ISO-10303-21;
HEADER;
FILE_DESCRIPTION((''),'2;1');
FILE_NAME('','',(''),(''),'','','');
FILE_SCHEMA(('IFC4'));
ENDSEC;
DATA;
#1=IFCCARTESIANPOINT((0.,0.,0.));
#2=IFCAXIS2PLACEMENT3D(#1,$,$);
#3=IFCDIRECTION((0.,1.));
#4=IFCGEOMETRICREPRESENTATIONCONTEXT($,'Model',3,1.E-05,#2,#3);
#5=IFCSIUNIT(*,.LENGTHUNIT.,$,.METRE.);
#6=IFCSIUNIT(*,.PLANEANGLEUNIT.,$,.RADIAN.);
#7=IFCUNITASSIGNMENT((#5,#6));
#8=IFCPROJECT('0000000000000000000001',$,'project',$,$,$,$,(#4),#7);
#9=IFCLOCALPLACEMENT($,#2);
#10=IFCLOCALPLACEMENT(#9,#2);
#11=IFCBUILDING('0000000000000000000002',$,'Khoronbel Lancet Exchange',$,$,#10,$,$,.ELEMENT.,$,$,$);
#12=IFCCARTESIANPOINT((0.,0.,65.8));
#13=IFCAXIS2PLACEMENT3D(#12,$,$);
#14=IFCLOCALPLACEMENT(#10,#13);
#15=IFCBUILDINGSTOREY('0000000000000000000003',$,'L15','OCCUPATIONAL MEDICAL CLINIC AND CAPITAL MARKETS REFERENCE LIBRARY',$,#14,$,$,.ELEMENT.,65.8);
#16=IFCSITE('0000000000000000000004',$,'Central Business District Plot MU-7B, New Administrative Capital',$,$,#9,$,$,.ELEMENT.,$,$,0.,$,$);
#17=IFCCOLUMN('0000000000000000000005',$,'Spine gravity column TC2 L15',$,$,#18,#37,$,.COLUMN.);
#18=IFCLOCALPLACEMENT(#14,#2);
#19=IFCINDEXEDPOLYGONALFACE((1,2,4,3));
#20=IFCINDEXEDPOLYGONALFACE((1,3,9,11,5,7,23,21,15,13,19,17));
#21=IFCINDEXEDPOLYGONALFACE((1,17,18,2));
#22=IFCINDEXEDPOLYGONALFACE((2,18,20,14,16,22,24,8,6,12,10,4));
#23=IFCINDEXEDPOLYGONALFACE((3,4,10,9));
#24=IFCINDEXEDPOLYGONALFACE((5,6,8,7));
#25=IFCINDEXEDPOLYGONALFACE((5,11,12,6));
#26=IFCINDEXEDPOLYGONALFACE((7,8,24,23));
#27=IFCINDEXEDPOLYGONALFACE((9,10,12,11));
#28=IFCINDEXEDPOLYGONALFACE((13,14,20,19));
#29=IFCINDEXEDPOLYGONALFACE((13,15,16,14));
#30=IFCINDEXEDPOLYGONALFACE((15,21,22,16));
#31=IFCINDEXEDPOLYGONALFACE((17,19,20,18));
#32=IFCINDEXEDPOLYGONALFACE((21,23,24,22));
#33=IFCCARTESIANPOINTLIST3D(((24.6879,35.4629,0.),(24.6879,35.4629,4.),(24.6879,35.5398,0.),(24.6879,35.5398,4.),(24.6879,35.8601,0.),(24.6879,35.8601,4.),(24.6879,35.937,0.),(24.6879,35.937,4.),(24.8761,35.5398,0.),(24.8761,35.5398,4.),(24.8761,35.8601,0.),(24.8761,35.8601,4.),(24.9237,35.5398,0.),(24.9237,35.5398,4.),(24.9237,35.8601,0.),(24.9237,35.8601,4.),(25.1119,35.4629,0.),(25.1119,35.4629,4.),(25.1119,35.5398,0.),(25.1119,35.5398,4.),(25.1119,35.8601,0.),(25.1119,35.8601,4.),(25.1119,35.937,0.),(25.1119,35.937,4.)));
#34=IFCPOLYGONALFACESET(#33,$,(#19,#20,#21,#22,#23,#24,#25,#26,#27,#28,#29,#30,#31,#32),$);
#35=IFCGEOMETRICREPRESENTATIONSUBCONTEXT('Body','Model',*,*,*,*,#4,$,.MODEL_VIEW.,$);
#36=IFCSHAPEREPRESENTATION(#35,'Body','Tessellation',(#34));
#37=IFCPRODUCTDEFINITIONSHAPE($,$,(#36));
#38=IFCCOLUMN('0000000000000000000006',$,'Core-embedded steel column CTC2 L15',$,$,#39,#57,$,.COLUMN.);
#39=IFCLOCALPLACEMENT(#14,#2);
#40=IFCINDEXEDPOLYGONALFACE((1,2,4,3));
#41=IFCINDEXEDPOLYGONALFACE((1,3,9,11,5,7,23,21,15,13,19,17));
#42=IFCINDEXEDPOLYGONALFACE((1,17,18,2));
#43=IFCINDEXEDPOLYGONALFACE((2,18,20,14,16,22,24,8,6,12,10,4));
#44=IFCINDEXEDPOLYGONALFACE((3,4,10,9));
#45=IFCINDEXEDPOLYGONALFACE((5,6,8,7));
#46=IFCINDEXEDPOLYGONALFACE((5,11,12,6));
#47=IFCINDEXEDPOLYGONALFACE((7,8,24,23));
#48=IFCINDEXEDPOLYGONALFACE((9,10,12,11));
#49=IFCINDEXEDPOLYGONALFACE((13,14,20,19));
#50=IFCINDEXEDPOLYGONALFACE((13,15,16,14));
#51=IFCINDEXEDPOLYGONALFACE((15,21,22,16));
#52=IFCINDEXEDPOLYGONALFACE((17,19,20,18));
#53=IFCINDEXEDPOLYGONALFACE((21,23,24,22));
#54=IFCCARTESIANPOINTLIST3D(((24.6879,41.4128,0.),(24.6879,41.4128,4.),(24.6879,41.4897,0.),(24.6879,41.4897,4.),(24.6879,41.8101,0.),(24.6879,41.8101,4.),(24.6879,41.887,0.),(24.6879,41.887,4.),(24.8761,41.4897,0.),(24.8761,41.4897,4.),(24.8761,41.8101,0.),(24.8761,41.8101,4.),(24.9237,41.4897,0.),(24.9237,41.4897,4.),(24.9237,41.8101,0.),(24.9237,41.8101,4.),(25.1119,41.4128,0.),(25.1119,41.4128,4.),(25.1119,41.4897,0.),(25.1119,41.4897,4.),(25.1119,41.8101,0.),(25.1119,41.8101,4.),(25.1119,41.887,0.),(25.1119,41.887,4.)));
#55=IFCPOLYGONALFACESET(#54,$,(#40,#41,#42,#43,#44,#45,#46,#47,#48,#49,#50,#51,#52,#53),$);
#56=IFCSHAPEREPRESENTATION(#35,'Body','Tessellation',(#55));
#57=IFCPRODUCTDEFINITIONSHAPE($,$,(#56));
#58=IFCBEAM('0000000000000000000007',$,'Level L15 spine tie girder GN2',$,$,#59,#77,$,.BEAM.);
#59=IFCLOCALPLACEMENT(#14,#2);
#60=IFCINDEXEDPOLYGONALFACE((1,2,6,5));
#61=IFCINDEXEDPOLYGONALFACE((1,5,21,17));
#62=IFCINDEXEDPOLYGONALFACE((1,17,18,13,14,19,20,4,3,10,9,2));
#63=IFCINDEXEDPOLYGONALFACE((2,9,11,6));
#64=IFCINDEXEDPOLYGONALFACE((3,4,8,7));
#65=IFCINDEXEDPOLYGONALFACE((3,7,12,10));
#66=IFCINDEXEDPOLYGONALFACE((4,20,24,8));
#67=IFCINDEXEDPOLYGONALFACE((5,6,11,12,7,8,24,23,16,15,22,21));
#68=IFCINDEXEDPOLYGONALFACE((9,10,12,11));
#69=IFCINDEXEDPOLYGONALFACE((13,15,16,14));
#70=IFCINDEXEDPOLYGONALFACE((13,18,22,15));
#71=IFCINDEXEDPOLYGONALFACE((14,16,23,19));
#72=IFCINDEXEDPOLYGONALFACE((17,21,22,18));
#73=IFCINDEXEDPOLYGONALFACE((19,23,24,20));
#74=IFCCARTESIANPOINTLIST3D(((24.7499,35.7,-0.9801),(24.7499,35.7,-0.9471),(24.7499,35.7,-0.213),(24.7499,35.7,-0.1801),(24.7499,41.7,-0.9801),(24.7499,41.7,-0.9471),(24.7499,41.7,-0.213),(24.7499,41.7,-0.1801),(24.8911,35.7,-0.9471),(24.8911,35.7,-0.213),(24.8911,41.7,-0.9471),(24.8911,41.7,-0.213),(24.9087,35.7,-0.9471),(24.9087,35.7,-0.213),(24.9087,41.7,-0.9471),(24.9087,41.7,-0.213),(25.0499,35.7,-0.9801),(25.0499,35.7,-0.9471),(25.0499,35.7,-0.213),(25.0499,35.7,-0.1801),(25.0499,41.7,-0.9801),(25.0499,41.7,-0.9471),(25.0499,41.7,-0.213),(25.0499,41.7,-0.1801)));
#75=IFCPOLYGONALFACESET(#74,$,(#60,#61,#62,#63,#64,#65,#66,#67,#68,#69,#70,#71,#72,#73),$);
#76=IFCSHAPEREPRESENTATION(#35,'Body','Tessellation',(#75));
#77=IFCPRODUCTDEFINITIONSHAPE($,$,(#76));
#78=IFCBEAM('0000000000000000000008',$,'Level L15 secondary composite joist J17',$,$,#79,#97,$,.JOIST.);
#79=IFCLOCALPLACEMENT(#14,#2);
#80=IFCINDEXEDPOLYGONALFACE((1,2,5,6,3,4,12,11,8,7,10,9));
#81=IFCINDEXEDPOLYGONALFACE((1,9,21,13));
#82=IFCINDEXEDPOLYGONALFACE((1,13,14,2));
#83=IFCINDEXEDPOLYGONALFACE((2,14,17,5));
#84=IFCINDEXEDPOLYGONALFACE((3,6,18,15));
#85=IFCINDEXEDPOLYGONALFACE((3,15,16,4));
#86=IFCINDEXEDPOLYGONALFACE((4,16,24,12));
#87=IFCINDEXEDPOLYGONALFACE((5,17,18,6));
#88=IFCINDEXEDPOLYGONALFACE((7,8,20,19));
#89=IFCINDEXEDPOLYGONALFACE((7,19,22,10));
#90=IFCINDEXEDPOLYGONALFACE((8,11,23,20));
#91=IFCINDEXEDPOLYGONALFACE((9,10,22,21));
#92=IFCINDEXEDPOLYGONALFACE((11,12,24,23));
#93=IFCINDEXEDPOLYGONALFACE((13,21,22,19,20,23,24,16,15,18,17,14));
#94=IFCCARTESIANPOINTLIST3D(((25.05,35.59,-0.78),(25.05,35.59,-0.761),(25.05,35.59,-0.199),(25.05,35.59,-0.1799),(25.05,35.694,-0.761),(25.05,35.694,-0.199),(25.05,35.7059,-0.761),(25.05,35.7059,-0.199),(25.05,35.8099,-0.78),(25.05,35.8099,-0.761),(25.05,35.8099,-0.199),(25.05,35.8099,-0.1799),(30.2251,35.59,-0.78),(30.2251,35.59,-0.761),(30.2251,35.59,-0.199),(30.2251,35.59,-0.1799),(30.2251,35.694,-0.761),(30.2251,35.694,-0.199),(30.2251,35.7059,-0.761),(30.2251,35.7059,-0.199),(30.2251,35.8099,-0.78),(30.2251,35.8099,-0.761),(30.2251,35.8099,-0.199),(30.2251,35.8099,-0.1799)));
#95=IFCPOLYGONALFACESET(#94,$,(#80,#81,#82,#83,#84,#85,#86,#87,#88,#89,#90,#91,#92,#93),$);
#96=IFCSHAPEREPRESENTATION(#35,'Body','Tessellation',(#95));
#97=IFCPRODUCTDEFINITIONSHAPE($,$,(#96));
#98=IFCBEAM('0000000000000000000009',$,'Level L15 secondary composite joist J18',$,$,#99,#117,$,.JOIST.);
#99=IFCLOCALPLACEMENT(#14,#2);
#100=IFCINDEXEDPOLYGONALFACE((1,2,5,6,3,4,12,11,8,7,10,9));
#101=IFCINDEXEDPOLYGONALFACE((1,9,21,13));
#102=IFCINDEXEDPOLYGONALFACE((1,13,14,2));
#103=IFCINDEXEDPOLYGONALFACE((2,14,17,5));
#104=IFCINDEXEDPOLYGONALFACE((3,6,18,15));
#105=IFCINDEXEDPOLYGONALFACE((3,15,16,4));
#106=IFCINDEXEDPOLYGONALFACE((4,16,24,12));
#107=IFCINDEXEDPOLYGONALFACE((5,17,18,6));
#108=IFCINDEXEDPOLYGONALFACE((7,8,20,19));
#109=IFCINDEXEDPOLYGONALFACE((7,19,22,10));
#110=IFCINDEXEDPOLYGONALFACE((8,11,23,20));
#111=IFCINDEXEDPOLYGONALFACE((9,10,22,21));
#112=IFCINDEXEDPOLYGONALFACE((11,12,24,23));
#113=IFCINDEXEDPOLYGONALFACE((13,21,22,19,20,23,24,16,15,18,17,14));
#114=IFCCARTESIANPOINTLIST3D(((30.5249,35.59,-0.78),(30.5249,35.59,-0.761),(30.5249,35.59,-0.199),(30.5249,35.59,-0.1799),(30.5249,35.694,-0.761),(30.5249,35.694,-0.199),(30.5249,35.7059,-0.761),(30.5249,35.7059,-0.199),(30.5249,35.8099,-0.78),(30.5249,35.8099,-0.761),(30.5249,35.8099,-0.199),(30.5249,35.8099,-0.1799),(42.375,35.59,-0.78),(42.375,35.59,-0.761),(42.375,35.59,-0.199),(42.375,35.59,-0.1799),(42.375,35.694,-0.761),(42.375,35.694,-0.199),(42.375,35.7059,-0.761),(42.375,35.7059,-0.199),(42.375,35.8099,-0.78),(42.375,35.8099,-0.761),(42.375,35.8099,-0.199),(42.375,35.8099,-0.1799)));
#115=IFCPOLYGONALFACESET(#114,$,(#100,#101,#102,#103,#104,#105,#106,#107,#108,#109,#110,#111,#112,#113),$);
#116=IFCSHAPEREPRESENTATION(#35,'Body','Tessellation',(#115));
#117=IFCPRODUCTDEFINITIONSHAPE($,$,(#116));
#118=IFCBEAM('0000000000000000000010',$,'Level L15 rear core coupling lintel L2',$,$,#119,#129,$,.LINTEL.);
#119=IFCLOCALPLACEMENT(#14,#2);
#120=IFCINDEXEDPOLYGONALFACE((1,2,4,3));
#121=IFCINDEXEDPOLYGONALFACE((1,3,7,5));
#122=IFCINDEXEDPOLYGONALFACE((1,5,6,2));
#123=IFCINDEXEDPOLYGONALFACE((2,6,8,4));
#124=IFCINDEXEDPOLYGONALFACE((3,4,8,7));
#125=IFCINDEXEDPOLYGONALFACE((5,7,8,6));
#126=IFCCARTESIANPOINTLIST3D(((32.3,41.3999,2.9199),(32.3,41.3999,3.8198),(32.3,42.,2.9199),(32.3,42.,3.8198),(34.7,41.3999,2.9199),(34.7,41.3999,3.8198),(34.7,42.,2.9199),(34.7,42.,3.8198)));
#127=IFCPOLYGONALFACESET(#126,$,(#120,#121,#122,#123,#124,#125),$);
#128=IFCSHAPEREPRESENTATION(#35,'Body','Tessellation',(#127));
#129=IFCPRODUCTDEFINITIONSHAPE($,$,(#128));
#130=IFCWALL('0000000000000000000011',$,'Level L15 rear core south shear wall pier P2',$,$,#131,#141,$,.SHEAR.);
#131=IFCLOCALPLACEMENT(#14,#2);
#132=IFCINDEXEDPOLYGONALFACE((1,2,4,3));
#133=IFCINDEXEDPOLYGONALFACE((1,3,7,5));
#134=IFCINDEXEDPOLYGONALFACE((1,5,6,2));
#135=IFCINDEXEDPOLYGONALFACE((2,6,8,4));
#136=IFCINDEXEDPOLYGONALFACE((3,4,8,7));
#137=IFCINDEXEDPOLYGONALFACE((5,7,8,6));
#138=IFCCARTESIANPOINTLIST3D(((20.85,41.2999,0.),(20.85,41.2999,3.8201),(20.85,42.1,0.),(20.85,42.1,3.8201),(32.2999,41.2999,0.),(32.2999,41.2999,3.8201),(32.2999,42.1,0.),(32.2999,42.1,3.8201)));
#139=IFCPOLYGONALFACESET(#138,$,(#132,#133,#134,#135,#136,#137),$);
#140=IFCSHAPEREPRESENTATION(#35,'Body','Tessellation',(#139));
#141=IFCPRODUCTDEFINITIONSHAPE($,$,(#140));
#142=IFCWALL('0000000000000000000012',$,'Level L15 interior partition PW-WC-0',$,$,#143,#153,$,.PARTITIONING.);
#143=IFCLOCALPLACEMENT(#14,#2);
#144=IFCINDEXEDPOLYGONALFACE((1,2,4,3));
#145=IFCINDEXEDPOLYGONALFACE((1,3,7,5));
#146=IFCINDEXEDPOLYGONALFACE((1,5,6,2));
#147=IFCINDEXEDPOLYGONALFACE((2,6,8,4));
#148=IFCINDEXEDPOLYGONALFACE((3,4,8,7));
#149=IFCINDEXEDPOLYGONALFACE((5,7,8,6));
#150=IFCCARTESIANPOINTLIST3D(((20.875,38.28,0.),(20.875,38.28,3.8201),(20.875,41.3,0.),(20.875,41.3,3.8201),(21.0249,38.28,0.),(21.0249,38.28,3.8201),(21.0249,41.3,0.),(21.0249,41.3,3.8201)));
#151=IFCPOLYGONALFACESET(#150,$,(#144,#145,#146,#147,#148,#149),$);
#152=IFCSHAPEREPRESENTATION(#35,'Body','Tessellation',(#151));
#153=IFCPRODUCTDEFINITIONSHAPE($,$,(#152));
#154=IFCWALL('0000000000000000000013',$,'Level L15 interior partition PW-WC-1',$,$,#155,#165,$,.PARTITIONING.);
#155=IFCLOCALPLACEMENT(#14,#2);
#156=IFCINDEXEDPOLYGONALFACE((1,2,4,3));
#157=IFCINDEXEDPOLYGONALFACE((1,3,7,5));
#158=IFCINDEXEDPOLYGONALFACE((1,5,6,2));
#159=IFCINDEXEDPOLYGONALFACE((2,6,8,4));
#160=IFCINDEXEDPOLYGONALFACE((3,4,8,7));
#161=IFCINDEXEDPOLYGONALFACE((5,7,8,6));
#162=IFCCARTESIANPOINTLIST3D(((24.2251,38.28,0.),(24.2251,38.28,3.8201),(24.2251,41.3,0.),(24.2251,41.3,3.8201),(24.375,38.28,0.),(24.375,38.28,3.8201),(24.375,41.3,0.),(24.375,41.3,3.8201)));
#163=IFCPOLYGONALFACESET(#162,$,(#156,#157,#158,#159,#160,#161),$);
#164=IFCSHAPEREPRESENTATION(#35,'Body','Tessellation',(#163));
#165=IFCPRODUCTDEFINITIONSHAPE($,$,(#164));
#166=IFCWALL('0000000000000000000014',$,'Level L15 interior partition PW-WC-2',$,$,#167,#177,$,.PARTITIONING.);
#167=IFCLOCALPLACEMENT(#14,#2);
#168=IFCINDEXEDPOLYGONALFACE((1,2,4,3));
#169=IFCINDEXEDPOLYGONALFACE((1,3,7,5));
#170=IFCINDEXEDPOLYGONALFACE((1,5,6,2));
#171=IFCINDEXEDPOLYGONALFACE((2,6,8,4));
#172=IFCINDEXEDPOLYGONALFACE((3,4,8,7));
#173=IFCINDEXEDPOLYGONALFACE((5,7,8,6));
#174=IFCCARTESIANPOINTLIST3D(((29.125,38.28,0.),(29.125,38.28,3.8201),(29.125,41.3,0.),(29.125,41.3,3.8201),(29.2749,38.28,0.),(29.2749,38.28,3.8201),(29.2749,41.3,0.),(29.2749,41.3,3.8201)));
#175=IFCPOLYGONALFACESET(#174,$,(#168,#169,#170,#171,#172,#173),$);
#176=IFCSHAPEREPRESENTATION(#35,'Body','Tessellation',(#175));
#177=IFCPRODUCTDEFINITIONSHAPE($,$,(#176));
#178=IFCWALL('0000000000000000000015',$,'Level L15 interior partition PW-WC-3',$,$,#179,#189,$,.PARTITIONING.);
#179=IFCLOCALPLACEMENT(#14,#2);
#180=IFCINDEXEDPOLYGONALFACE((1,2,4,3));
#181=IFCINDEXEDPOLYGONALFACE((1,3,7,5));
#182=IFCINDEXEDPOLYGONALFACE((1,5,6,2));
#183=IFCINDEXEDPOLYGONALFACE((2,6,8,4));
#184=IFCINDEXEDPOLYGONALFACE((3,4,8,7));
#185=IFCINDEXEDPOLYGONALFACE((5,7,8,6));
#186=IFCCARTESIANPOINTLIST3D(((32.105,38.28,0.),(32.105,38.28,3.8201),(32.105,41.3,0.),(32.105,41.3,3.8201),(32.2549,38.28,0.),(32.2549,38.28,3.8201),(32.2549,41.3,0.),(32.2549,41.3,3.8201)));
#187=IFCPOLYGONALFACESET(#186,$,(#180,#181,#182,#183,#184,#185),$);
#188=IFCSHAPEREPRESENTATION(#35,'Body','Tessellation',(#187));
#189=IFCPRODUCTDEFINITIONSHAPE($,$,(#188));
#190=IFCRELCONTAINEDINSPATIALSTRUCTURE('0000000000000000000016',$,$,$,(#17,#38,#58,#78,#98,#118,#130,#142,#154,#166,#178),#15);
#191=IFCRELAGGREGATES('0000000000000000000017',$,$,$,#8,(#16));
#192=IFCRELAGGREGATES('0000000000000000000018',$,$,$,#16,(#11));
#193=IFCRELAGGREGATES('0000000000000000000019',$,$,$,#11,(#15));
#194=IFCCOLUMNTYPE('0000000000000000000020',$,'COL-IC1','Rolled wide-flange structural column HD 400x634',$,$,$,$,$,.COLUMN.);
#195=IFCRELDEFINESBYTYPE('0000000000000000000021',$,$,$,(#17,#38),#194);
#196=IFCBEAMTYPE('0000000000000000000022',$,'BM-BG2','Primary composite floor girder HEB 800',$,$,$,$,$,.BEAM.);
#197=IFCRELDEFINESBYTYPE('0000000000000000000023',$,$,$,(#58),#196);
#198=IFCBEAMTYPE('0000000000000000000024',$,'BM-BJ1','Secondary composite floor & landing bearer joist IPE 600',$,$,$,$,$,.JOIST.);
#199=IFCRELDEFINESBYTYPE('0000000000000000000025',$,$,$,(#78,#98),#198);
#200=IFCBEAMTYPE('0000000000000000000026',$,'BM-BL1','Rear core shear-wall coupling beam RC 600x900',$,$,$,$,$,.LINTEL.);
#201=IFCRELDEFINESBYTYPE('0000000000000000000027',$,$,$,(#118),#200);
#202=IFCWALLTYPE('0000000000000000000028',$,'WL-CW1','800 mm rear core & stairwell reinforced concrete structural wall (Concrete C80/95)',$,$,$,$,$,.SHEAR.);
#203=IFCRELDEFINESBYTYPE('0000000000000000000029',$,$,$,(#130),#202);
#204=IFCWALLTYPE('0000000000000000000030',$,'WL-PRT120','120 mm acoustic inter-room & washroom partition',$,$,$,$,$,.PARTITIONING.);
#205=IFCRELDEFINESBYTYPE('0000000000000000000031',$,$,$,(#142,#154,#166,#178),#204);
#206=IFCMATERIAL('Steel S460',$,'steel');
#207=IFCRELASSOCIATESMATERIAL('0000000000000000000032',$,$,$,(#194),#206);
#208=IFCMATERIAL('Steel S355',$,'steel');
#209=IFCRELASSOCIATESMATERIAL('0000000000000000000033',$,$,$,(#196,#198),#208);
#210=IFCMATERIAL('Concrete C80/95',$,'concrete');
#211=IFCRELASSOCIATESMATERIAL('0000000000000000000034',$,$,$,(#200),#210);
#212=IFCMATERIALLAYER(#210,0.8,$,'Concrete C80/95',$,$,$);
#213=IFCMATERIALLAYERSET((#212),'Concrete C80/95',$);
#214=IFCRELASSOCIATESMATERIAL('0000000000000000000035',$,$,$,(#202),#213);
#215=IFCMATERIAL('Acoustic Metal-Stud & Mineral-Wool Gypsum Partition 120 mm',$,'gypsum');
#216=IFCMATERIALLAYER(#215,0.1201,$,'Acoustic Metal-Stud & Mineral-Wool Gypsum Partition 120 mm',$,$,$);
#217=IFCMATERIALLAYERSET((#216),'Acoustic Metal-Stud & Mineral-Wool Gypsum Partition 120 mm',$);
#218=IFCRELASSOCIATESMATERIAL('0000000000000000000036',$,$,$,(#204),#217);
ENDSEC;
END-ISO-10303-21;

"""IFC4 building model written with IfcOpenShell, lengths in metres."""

from ifc_helpers import new_model, si_unit, direction, frame, frame_2d, origin, origin_2d, place, context, subcontext, project, spatial, rectangle, i_section, extrude, material, layer, layer_set, material_profile, profile_set, type_object, element, save


model = new_model("IFC4")

# Units and contexts
model_context = context("Model", 3, precision=1e-05, world=origin(), true_north=direction((0.0, 1.0)))
body_context = subcontext(model_context, "Body", "Model", "MODEL_VIEW")
ifc_project = project(units=[si_unit("LENGTHUNIT", "METRE"), si_unit("PLANEANGLEUNIT", "RADIAN")], contexts=[model_context])

# Site, building, storey
site_placement = place(None, origin())
site = spatial("IfcSite", under=ifc_project, at=site_placement, Name="Central Business District Plot MU-7B, New Administrative Capital", CompositionType="ELEMENT", RefElevation=0.0)
building_placement = place(site_placement, origin())
building = spatial("IfcBuilding", under=site, at=building_placement, Name="Khoronbel Lancet Exchange", CompositionType="ELEMENT")
storey_placement = place(building_placement, frame((0.0, 0.0, 65.8)))
storey = spatial("IfcBuildingStorey", under=building, at=storey_placement, Name="L15", Description="OCCUPATIONAL MEDICAL CLINIC AND CAPITAL MARKETS REFERENCE LIBRARY", CompositionType="ELEMENT", Elevation=65.8)

# Columns
ifc_material_1 = material(Name="Steel S460", Category="steel")
ifc_material_profile_1 = material_profile(ifc_material_1, i_section(OverallWidth=0.4241, OverallDepth=0.4741, WebThickness=0.0476, FlangeThickness=0.0769, at=origin_2d()), Name="HD 400x634")
ifc_profile_set_1 = profile_set([ifc_material_profile_1], Name="Steel S460")
column_type = type_object("IfcColumnType", Name="COL-IC1", Description="Rolled wide-flange structural column HD 400x634", PredefinedType="COLUMN", material=ifc_profile_set_1)
for number, where, z_axis, x_axis, name in (
    (1, (24.8999, 35.7, 0.0), (0.0, 0.0, 1.0), (1.0, 0.0, 0.0), "Spine gravity column TC2 L15"),
    (2, (24.8999, 41.6499, 0.0), (0.0, 0.0, 1.0), (1.0, 0.0, 0.0), "Core-embedded steel column CTC2 L15"),
):
    element("IfcColumn", number, at=place(storey_placement, frame(where, z_axis=z_axis, x_axis=x_axis)), inside=storey, type_object=column_type, Name=name, PredefinedType="COLUMN", context=body_context, shape_type="SweptSolid", body=[
        extrude(i_section(OverallWidth=0.4241, OverallDepth=0.4741, WebThickness=0.0476, FlangeThickness=0.0769, at=origin_2d()), origin(), (0.0, 0.0, 1.0), 4.0),
    ])

# Beams
ifc_material_2 = material(Name="Steel S355", Category="steel")
ifc_material_profile_2 = material_profile(ifc_material_2, i_section(OverallWidth=0.3, OverallDepth=0.8, WebThickness=0.0176, FlangeThickness=0.033, at=origin_2d()), Name="HEB 800")
ifc_profile_set_2 = profile_set([ifc_material_profile_2], Name="Steel S355")
beam_type_1 = type_object("IfcBeamType", Name="BM-BG2", Description="Primary composite floor girder HEB 800", PredefinedType="BEAM", material=ifc_profile_set_2)
beam_1_placement = place(storey_placement, frame((24.8999, 35.7, -0.5801), z_axis=(0.0, 1.0, 0.0), x_axis=(-1.0, 0.0, 0.0)))
element("IfcBeam", 3, at=beam_1_placement, inside=storey, type_object=beam_type_1, Name="Level L15 spine tie girder GN2", PredefinedType="BEAM", context=body_context, shape_type="SweptSolid", body=[
    extrude(i_section(OverallWidth=0.3, OverallDepth=0.8, WebThickness=0.0176, FlangeThickness=0.033, at=origin_2d()), origin(), (0.0, 0.0, 1.0), 6.0),
])
ifc_material_profile_3 = material_profile(ifc_material_2, i_section(OverallWidth=0.22, OverallDepth=0.6001, WebThickness=0.012, FlangeThickness=0.019, at=origin_2d()), Name="IPE 600")
ifc_profile_set_3 = profile_set([ifc_material_profile_3], Name="Steel S355")
beam_type_2 = type_object("IfcBeamType", Name="BM-BJ1", Description="Secondary composite floor & landing bearer joist IPE 600", PredefinedType="JOIST", material=ifc_profile_set_3)
beam_2_placement = place(storey_placement, frame((25.05, 35.7, -0.48), z_axis=(1.0, 0.0, 0.0), x_axis=(0.0, 1.0, 0.0)))
element("IfcBeam", 4, at=beam_2_placement, inside=storey, type_object=beam_type_2, Name="Level L15 secondary composite joist J17", PredefinedType="JOIST", context=body_context, shape_type="SweptSolid", body=[
    extrude(i_section(OverallWidth=0.22, OverallDepth=0.6001, WebThickness=0.012, FlangeThickness=0.019, at=origin_2d()), origin(), (0.0, 0.0, 1.0), 5.175),
])
beam_3_placement = place(storey_placement, frame((30.5249, 35.7, -0.48), z_axis=(1.0, 0.0, 0.0), x_axis=(0.0, 1.0, 0.0)))
element("IfcBeam", 5, at=beam_3_placement, inside=storey, type_object=beam_type_2, Name="Level L15 secondary composite joist J18", PredefinedType="JOIST", context=body_context, shape_type="SweptSolid", body=[
    extrude(i_section(OverallWidth=0.22, OverallDepth=0.6001, WebThickness=0.012, FlangeThickness=0.019, at=origin_2d()), origin(), (0.0, 0.0, 1.0), 11.8501),
])
ifc_material_3 = material(Name="Concrete C80/95", Category="concrete")
ifc_material_profile_4 = material_profile(ifc_material_3, rectangle(XDim=0.6001, YDim=0.8999, at=origin_2d()), Name="RC 600x900")
ifc_profile_set_4 = profile_set([ifc_material_profile_4], Name="Concrete C80/95")
beam_type_3 = type_object("IfcBeamType", Name="BM-BL1", Description="Rear core shear-wall coupling beam RC 600x900", PredefinedType="LINTEL", material=ifc_profile_set_4)
beam_4_placement = place(storey_placement, frame((32.3, 41.7, 3.3699), z_axis=(1.0, 0.0, 0.0), x_axis=(0.0, 1.0, 0.0)))
element("IfcBeam", 6, at=beam_4_placement, inside=storey, type_object=beam_type_3, Name="Level L15 rear core coupling lintel L2", PredefinedType="LINTEL", context=body_context, shape_type="SweptSolid", body=[
    extrude(rectangle(XDim=0.6001, YDim=0.8999, at=origin_2d()), origin(), (0.0, 0.0, 1.0), 2.3999),
])

# Walls
ifc_layer_1 = layer(ifc_material_3, 0.8, Name="Concrete C80/95")
ifc_layer_set_1 = layer_set([ifc_layer_1], Name="Concrete C80/95")
wall_type_1 = type_object("IfcWallType", Name="WL-CW1", Description="800 mm rear core & stairwell reinforced concrete structural wall (Concrete C80/95)", PredefinedType="SHEAR", material=ifc_layer_set_1)
wall_1_placement = place(storey_placement, frame((32.3, 41.7, 0.0), z_axis=(0.0, 0.0, 1.0), x_axis=(-1.0, 0.0, 0.0)))
element("IfcWall", 7, at=wall_1_placement, inside=storey, type_object=wall_type_1, Name="Level L15 rear core south shear wall pier P2", PredefinedType="SHEAR", context=body_context, shape_type="SweptSolid", body=[
    extrude(rectangle(XDim=11.45, YDim=0.8, at=frame_2d((5.7251, 0.0))), origin(), (0.0, 0.0, 1.0), 3.8201),
])
ifc_material_4 = material(Name="Acoustic Metal-Stud & Mineral-Wool Gypsum Partition 120 mm", Category="gypsum")
ifc_layer_2 = layer(ifc_material_4, 0.1201, Name="Acoustic Metal-Stud & Mineral-Wool Gypsum Partition 120 mm")
ifc_layer_set_2 = layer_set([ifc_layer_2], Name="Acoustic Metal-Stud & Mineral-Wool Gypsum Partition 120 mm")
wall_type_2 = type_object("IfcWallType", Name="WL-PRT120", Description="120 mm acoustic inter-room & washroom partition", PredefinedType="PARTITIONING", material=ifc_layer_set_2)
for number, where, z_axis, x_axis, name in (
    (8, (20.95, 38.28, 0.0), (0.0, 0.0, 1.0), (0.0, 1.0, 0.0), "Level L15 interior partition PW-WC-0"),
    (9, (24.3, 38.28, 0.0), (0.0, 0.0, 1.0), (0.0, 1.0, 0.0), "Level L15 interior partition PW-WC-1"),
    (10, (29.2, 38.28, 0.0), (0.0, 0.0, 1.0), (0.0, 1.0, 0.0), "Level L15 interior partition PW-WC-2"),
    (11, (32.1799, 38.28, 0.0), (0.0, 0.0, 1.0), (0.0, 1.0, 0.0), "Level L15 interior partition PW-WC-3"),
):
    element("IfcWall", number, at=place(storey_placement, frame(where, z_axis=z_axis, x_axis=x_axis)), inside=storey, type_object=wall_type_2, Name=name, PredefinedType="PARTITIONING", context=body_context, shape_type="SweptSolid", body=[
        extrude(rectangle(XDim=3.02, YDim=0.1499, at=frame_2d((1.51, 0.0))), origin(), (0.0, 0.0, 1.0), 3.8201),
    ])

save(model, "model.ifc")
